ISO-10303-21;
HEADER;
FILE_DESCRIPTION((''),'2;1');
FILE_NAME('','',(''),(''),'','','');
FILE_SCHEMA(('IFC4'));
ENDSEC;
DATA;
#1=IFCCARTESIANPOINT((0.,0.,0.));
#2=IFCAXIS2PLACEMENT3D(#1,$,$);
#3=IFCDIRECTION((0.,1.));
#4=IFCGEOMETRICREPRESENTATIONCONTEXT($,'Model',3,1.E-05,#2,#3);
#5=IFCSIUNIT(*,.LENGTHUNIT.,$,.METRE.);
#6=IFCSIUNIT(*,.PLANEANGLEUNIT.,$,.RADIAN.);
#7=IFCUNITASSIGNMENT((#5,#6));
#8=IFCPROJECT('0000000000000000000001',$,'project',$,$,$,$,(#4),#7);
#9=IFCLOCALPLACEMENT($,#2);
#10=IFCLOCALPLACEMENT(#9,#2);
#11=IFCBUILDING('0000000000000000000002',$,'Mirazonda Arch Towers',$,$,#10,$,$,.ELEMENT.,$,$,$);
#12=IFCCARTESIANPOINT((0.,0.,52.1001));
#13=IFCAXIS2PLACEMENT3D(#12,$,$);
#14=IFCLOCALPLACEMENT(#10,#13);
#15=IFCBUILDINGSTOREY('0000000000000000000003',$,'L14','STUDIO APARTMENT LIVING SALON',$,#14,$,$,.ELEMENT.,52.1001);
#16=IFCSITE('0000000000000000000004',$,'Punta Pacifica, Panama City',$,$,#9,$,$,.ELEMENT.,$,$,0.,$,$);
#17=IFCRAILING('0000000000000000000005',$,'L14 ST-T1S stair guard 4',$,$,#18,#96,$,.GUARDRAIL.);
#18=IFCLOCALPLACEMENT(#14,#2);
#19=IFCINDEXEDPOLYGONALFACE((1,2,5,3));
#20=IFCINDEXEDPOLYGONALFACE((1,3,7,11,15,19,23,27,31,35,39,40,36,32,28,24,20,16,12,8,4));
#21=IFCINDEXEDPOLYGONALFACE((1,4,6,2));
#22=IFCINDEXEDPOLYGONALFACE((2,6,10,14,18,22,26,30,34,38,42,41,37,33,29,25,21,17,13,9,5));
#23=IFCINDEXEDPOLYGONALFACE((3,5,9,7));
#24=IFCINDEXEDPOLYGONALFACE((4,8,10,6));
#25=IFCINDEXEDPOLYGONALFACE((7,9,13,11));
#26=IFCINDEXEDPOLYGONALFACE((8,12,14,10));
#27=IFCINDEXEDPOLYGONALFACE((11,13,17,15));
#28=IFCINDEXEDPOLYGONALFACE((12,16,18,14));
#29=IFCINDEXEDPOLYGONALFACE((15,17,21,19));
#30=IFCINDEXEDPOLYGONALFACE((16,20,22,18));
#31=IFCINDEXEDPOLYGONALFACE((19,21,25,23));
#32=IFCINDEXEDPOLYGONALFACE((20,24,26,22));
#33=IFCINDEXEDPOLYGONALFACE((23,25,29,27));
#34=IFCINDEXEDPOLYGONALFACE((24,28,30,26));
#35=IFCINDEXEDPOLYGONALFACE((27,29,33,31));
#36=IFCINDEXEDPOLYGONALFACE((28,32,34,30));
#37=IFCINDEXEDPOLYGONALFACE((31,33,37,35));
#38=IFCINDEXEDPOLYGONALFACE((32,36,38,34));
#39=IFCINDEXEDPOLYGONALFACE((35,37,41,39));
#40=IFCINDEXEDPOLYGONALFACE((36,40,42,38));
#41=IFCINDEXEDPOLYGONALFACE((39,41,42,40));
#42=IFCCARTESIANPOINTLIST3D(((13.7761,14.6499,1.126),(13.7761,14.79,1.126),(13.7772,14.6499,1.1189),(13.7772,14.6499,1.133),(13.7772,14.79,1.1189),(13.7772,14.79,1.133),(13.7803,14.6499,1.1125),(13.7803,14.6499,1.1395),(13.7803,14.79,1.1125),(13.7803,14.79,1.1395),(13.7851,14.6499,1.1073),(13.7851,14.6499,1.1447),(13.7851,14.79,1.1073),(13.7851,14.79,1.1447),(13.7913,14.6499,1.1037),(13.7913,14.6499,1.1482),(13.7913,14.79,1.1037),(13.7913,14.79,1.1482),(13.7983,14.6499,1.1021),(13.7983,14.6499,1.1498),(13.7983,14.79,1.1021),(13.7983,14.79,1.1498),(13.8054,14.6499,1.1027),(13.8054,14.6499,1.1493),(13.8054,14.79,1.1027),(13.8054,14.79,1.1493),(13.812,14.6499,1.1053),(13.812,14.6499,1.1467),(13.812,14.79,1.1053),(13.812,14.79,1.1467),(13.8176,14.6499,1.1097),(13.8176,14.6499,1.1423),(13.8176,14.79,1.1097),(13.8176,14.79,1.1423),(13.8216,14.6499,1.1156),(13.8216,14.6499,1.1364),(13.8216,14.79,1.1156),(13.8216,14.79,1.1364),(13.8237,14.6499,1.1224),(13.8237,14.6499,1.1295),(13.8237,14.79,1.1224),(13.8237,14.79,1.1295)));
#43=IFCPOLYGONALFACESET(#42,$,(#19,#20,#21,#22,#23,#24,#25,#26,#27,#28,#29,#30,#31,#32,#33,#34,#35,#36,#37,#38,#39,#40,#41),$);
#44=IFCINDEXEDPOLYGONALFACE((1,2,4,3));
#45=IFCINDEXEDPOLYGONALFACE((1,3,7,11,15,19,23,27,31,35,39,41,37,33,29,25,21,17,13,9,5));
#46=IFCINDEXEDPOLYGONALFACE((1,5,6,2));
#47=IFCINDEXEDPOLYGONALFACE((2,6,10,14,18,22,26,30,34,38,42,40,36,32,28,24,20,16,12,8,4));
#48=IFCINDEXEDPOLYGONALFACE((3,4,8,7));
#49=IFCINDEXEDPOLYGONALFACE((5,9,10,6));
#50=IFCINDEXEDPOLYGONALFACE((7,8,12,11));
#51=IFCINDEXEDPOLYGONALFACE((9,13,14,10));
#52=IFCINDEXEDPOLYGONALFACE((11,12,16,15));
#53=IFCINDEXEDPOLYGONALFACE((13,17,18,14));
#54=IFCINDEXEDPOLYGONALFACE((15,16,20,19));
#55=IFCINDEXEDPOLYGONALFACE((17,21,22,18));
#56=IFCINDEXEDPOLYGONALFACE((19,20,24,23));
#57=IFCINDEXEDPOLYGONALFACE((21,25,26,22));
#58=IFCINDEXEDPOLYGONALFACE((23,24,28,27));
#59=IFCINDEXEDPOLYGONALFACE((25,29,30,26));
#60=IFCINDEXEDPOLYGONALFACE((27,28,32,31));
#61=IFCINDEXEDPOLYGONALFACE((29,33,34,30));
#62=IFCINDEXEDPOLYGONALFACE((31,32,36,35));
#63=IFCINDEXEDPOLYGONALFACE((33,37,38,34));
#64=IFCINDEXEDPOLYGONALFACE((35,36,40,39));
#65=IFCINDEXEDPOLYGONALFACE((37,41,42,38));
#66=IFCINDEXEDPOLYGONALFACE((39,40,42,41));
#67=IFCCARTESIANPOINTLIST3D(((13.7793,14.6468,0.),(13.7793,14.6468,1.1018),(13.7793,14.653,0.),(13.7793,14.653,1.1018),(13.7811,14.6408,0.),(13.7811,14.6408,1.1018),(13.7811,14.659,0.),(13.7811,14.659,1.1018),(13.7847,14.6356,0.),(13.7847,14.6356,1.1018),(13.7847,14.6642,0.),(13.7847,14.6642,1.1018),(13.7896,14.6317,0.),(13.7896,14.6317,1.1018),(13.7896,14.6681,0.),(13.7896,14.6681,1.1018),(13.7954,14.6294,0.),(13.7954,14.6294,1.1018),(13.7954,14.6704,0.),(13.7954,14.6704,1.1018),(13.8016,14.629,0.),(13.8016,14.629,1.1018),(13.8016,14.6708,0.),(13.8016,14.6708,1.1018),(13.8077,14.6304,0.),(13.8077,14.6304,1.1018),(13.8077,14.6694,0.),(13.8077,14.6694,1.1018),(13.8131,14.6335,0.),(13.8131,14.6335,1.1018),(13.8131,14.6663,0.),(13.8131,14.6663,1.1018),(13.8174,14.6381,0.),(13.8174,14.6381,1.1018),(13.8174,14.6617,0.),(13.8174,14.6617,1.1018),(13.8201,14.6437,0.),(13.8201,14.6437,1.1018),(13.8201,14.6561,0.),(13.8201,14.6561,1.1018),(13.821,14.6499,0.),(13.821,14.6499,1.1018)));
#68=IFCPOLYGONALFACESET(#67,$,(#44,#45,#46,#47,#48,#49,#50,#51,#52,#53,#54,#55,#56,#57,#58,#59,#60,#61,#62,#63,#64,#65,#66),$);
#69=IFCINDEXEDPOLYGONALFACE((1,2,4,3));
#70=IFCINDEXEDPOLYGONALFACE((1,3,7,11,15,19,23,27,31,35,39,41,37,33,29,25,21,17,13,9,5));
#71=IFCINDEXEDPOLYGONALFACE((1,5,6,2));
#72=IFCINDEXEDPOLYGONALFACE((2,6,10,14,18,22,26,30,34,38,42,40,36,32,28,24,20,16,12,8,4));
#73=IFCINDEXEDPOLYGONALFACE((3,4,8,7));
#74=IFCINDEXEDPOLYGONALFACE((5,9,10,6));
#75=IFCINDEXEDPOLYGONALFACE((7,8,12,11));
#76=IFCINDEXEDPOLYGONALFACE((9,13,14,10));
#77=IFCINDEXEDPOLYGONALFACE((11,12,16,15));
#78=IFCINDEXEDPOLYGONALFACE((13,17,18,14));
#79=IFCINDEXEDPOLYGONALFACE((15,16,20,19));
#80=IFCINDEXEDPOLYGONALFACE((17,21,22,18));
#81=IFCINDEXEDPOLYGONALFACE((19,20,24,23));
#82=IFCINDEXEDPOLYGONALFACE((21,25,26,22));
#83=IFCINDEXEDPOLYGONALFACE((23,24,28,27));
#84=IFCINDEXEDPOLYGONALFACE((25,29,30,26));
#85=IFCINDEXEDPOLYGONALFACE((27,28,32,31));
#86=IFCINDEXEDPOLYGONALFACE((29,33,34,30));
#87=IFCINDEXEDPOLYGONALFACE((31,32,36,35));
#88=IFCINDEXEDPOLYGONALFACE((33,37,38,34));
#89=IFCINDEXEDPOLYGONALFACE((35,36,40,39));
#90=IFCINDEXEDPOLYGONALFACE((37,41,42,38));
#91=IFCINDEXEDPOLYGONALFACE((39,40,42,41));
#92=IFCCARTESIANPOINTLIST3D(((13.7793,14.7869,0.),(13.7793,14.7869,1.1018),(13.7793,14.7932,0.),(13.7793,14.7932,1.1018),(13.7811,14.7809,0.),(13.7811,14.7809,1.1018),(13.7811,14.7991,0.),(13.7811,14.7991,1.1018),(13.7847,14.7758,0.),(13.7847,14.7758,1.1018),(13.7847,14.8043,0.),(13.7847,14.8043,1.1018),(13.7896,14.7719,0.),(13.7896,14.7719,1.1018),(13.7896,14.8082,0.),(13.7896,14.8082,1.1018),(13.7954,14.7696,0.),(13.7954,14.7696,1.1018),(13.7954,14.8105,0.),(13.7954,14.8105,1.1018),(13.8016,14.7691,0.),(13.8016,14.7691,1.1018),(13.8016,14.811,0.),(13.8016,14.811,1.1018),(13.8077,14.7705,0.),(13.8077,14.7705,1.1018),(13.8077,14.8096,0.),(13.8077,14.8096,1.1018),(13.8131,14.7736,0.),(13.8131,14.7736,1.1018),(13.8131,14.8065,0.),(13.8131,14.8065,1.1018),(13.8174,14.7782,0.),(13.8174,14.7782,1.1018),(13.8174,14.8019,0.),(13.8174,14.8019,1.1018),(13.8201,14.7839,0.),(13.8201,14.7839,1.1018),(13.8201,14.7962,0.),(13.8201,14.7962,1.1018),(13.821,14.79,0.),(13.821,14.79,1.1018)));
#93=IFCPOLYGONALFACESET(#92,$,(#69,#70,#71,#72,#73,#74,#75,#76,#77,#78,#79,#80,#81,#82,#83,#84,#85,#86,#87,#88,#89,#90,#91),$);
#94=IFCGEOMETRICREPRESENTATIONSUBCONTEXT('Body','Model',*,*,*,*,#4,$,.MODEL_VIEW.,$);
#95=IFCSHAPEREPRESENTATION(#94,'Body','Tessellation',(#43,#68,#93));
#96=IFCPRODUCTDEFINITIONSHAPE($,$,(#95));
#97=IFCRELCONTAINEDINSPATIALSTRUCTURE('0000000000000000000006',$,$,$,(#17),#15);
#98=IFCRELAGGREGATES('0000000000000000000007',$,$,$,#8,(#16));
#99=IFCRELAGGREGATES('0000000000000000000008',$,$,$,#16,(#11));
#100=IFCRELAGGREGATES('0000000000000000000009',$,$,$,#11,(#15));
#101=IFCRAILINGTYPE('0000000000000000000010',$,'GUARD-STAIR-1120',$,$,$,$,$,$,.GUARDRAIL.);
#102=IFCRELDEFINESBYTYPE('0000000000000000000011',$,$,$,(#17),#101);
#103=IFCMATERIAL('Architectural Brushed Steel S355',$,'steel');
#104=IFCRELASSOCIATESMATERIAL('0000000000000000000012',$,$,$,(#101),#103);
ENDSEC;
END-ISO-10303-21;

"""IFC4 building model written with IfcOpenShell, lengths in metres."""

from ifc_helpers import new_model, si_unit, direction, frame, origin, origin_2d, place, context, subcontext, project, spatial, circle, extrude, material, type_object, element, save


model = new_model("IFC4")

# Units and contexts
model_context = context("Model", 3, precision=1e-05, world=origin(), true_north=direction((0.0, 1.0)))
body_context = subcontext(model_context, "Body", "Model", "MODEL_VIEW")
ifc_project = project(units=[si_unit("LENGTHUNIT", "METRE"), si_unit("PLANEANGLEUNIT", "RADIAN")], contexts=[model_context])

# Site, building, storey
site_placement = place(None, origin())
site = spatial("IfcSite", under=ifc_project, at=site_placement, Name="Punta Pacifica, Panama City", CompositionType="ELEMENT", RefElevation=0.0)
building_placement = place(site_placement, origin())
building = spatial("IfcBuilding", under=site, at=building_placement, Name="Mirazonda Arch Towers", CompositionType="ELEMENT")
storey_placement = place(building_placement, frame((0.0, 0.0, 52.1001)))
storey = spatial("IfcBuildingStorey", under=building, at=storey_placement, Name="L14", Description="STUDIO APARTMENT LIVING SALON", CompositionType="ELEMENT", Elevation=52.1001)

# Shared definitions
ifc_material_1 = material(Name="Architectural Brushed Steel S355", Category="steel")

# Railing
railing_type_1 = type_object("IfcRailingType", Name="GUARD-STAIR-1120", PredefinedType="GUARDRAIL", material=ifc_material_1)
railing_1_placement = place(storey_placement, frame((13.8, 14.6499, 0.0)))
element("IfcRailing", 1, at=railing_1_placement, inside=storey, type_object=railing_type_1, Name="L14 ST-T1S stair guard 4", PredefinedType="GUARDRAIL", context=body_context, shape_type="SweptSolid", body=[
    extrude(circle(Radius=0.0239, at=origin_2d()), frame((0.0, 0.0, 1.126), z_axis=(0.0, 1.0, 0.0), x_axis=(-1.0, 0.0, 0.0)), (0.0, 0.0, 1.0), 0.1401),
    extrude(circle(Radius=0.021, at=origin_2d()), origin(), (0.0, 0.0, 1.0), 1.1018),
    extrude(circle(Radius=0.021, at=origin_2d()), frame((0.0, 0.1401, 0.0)), (0.0, 0.0, 1.0), 1.1018),
])

save(model, "model.ifc")
